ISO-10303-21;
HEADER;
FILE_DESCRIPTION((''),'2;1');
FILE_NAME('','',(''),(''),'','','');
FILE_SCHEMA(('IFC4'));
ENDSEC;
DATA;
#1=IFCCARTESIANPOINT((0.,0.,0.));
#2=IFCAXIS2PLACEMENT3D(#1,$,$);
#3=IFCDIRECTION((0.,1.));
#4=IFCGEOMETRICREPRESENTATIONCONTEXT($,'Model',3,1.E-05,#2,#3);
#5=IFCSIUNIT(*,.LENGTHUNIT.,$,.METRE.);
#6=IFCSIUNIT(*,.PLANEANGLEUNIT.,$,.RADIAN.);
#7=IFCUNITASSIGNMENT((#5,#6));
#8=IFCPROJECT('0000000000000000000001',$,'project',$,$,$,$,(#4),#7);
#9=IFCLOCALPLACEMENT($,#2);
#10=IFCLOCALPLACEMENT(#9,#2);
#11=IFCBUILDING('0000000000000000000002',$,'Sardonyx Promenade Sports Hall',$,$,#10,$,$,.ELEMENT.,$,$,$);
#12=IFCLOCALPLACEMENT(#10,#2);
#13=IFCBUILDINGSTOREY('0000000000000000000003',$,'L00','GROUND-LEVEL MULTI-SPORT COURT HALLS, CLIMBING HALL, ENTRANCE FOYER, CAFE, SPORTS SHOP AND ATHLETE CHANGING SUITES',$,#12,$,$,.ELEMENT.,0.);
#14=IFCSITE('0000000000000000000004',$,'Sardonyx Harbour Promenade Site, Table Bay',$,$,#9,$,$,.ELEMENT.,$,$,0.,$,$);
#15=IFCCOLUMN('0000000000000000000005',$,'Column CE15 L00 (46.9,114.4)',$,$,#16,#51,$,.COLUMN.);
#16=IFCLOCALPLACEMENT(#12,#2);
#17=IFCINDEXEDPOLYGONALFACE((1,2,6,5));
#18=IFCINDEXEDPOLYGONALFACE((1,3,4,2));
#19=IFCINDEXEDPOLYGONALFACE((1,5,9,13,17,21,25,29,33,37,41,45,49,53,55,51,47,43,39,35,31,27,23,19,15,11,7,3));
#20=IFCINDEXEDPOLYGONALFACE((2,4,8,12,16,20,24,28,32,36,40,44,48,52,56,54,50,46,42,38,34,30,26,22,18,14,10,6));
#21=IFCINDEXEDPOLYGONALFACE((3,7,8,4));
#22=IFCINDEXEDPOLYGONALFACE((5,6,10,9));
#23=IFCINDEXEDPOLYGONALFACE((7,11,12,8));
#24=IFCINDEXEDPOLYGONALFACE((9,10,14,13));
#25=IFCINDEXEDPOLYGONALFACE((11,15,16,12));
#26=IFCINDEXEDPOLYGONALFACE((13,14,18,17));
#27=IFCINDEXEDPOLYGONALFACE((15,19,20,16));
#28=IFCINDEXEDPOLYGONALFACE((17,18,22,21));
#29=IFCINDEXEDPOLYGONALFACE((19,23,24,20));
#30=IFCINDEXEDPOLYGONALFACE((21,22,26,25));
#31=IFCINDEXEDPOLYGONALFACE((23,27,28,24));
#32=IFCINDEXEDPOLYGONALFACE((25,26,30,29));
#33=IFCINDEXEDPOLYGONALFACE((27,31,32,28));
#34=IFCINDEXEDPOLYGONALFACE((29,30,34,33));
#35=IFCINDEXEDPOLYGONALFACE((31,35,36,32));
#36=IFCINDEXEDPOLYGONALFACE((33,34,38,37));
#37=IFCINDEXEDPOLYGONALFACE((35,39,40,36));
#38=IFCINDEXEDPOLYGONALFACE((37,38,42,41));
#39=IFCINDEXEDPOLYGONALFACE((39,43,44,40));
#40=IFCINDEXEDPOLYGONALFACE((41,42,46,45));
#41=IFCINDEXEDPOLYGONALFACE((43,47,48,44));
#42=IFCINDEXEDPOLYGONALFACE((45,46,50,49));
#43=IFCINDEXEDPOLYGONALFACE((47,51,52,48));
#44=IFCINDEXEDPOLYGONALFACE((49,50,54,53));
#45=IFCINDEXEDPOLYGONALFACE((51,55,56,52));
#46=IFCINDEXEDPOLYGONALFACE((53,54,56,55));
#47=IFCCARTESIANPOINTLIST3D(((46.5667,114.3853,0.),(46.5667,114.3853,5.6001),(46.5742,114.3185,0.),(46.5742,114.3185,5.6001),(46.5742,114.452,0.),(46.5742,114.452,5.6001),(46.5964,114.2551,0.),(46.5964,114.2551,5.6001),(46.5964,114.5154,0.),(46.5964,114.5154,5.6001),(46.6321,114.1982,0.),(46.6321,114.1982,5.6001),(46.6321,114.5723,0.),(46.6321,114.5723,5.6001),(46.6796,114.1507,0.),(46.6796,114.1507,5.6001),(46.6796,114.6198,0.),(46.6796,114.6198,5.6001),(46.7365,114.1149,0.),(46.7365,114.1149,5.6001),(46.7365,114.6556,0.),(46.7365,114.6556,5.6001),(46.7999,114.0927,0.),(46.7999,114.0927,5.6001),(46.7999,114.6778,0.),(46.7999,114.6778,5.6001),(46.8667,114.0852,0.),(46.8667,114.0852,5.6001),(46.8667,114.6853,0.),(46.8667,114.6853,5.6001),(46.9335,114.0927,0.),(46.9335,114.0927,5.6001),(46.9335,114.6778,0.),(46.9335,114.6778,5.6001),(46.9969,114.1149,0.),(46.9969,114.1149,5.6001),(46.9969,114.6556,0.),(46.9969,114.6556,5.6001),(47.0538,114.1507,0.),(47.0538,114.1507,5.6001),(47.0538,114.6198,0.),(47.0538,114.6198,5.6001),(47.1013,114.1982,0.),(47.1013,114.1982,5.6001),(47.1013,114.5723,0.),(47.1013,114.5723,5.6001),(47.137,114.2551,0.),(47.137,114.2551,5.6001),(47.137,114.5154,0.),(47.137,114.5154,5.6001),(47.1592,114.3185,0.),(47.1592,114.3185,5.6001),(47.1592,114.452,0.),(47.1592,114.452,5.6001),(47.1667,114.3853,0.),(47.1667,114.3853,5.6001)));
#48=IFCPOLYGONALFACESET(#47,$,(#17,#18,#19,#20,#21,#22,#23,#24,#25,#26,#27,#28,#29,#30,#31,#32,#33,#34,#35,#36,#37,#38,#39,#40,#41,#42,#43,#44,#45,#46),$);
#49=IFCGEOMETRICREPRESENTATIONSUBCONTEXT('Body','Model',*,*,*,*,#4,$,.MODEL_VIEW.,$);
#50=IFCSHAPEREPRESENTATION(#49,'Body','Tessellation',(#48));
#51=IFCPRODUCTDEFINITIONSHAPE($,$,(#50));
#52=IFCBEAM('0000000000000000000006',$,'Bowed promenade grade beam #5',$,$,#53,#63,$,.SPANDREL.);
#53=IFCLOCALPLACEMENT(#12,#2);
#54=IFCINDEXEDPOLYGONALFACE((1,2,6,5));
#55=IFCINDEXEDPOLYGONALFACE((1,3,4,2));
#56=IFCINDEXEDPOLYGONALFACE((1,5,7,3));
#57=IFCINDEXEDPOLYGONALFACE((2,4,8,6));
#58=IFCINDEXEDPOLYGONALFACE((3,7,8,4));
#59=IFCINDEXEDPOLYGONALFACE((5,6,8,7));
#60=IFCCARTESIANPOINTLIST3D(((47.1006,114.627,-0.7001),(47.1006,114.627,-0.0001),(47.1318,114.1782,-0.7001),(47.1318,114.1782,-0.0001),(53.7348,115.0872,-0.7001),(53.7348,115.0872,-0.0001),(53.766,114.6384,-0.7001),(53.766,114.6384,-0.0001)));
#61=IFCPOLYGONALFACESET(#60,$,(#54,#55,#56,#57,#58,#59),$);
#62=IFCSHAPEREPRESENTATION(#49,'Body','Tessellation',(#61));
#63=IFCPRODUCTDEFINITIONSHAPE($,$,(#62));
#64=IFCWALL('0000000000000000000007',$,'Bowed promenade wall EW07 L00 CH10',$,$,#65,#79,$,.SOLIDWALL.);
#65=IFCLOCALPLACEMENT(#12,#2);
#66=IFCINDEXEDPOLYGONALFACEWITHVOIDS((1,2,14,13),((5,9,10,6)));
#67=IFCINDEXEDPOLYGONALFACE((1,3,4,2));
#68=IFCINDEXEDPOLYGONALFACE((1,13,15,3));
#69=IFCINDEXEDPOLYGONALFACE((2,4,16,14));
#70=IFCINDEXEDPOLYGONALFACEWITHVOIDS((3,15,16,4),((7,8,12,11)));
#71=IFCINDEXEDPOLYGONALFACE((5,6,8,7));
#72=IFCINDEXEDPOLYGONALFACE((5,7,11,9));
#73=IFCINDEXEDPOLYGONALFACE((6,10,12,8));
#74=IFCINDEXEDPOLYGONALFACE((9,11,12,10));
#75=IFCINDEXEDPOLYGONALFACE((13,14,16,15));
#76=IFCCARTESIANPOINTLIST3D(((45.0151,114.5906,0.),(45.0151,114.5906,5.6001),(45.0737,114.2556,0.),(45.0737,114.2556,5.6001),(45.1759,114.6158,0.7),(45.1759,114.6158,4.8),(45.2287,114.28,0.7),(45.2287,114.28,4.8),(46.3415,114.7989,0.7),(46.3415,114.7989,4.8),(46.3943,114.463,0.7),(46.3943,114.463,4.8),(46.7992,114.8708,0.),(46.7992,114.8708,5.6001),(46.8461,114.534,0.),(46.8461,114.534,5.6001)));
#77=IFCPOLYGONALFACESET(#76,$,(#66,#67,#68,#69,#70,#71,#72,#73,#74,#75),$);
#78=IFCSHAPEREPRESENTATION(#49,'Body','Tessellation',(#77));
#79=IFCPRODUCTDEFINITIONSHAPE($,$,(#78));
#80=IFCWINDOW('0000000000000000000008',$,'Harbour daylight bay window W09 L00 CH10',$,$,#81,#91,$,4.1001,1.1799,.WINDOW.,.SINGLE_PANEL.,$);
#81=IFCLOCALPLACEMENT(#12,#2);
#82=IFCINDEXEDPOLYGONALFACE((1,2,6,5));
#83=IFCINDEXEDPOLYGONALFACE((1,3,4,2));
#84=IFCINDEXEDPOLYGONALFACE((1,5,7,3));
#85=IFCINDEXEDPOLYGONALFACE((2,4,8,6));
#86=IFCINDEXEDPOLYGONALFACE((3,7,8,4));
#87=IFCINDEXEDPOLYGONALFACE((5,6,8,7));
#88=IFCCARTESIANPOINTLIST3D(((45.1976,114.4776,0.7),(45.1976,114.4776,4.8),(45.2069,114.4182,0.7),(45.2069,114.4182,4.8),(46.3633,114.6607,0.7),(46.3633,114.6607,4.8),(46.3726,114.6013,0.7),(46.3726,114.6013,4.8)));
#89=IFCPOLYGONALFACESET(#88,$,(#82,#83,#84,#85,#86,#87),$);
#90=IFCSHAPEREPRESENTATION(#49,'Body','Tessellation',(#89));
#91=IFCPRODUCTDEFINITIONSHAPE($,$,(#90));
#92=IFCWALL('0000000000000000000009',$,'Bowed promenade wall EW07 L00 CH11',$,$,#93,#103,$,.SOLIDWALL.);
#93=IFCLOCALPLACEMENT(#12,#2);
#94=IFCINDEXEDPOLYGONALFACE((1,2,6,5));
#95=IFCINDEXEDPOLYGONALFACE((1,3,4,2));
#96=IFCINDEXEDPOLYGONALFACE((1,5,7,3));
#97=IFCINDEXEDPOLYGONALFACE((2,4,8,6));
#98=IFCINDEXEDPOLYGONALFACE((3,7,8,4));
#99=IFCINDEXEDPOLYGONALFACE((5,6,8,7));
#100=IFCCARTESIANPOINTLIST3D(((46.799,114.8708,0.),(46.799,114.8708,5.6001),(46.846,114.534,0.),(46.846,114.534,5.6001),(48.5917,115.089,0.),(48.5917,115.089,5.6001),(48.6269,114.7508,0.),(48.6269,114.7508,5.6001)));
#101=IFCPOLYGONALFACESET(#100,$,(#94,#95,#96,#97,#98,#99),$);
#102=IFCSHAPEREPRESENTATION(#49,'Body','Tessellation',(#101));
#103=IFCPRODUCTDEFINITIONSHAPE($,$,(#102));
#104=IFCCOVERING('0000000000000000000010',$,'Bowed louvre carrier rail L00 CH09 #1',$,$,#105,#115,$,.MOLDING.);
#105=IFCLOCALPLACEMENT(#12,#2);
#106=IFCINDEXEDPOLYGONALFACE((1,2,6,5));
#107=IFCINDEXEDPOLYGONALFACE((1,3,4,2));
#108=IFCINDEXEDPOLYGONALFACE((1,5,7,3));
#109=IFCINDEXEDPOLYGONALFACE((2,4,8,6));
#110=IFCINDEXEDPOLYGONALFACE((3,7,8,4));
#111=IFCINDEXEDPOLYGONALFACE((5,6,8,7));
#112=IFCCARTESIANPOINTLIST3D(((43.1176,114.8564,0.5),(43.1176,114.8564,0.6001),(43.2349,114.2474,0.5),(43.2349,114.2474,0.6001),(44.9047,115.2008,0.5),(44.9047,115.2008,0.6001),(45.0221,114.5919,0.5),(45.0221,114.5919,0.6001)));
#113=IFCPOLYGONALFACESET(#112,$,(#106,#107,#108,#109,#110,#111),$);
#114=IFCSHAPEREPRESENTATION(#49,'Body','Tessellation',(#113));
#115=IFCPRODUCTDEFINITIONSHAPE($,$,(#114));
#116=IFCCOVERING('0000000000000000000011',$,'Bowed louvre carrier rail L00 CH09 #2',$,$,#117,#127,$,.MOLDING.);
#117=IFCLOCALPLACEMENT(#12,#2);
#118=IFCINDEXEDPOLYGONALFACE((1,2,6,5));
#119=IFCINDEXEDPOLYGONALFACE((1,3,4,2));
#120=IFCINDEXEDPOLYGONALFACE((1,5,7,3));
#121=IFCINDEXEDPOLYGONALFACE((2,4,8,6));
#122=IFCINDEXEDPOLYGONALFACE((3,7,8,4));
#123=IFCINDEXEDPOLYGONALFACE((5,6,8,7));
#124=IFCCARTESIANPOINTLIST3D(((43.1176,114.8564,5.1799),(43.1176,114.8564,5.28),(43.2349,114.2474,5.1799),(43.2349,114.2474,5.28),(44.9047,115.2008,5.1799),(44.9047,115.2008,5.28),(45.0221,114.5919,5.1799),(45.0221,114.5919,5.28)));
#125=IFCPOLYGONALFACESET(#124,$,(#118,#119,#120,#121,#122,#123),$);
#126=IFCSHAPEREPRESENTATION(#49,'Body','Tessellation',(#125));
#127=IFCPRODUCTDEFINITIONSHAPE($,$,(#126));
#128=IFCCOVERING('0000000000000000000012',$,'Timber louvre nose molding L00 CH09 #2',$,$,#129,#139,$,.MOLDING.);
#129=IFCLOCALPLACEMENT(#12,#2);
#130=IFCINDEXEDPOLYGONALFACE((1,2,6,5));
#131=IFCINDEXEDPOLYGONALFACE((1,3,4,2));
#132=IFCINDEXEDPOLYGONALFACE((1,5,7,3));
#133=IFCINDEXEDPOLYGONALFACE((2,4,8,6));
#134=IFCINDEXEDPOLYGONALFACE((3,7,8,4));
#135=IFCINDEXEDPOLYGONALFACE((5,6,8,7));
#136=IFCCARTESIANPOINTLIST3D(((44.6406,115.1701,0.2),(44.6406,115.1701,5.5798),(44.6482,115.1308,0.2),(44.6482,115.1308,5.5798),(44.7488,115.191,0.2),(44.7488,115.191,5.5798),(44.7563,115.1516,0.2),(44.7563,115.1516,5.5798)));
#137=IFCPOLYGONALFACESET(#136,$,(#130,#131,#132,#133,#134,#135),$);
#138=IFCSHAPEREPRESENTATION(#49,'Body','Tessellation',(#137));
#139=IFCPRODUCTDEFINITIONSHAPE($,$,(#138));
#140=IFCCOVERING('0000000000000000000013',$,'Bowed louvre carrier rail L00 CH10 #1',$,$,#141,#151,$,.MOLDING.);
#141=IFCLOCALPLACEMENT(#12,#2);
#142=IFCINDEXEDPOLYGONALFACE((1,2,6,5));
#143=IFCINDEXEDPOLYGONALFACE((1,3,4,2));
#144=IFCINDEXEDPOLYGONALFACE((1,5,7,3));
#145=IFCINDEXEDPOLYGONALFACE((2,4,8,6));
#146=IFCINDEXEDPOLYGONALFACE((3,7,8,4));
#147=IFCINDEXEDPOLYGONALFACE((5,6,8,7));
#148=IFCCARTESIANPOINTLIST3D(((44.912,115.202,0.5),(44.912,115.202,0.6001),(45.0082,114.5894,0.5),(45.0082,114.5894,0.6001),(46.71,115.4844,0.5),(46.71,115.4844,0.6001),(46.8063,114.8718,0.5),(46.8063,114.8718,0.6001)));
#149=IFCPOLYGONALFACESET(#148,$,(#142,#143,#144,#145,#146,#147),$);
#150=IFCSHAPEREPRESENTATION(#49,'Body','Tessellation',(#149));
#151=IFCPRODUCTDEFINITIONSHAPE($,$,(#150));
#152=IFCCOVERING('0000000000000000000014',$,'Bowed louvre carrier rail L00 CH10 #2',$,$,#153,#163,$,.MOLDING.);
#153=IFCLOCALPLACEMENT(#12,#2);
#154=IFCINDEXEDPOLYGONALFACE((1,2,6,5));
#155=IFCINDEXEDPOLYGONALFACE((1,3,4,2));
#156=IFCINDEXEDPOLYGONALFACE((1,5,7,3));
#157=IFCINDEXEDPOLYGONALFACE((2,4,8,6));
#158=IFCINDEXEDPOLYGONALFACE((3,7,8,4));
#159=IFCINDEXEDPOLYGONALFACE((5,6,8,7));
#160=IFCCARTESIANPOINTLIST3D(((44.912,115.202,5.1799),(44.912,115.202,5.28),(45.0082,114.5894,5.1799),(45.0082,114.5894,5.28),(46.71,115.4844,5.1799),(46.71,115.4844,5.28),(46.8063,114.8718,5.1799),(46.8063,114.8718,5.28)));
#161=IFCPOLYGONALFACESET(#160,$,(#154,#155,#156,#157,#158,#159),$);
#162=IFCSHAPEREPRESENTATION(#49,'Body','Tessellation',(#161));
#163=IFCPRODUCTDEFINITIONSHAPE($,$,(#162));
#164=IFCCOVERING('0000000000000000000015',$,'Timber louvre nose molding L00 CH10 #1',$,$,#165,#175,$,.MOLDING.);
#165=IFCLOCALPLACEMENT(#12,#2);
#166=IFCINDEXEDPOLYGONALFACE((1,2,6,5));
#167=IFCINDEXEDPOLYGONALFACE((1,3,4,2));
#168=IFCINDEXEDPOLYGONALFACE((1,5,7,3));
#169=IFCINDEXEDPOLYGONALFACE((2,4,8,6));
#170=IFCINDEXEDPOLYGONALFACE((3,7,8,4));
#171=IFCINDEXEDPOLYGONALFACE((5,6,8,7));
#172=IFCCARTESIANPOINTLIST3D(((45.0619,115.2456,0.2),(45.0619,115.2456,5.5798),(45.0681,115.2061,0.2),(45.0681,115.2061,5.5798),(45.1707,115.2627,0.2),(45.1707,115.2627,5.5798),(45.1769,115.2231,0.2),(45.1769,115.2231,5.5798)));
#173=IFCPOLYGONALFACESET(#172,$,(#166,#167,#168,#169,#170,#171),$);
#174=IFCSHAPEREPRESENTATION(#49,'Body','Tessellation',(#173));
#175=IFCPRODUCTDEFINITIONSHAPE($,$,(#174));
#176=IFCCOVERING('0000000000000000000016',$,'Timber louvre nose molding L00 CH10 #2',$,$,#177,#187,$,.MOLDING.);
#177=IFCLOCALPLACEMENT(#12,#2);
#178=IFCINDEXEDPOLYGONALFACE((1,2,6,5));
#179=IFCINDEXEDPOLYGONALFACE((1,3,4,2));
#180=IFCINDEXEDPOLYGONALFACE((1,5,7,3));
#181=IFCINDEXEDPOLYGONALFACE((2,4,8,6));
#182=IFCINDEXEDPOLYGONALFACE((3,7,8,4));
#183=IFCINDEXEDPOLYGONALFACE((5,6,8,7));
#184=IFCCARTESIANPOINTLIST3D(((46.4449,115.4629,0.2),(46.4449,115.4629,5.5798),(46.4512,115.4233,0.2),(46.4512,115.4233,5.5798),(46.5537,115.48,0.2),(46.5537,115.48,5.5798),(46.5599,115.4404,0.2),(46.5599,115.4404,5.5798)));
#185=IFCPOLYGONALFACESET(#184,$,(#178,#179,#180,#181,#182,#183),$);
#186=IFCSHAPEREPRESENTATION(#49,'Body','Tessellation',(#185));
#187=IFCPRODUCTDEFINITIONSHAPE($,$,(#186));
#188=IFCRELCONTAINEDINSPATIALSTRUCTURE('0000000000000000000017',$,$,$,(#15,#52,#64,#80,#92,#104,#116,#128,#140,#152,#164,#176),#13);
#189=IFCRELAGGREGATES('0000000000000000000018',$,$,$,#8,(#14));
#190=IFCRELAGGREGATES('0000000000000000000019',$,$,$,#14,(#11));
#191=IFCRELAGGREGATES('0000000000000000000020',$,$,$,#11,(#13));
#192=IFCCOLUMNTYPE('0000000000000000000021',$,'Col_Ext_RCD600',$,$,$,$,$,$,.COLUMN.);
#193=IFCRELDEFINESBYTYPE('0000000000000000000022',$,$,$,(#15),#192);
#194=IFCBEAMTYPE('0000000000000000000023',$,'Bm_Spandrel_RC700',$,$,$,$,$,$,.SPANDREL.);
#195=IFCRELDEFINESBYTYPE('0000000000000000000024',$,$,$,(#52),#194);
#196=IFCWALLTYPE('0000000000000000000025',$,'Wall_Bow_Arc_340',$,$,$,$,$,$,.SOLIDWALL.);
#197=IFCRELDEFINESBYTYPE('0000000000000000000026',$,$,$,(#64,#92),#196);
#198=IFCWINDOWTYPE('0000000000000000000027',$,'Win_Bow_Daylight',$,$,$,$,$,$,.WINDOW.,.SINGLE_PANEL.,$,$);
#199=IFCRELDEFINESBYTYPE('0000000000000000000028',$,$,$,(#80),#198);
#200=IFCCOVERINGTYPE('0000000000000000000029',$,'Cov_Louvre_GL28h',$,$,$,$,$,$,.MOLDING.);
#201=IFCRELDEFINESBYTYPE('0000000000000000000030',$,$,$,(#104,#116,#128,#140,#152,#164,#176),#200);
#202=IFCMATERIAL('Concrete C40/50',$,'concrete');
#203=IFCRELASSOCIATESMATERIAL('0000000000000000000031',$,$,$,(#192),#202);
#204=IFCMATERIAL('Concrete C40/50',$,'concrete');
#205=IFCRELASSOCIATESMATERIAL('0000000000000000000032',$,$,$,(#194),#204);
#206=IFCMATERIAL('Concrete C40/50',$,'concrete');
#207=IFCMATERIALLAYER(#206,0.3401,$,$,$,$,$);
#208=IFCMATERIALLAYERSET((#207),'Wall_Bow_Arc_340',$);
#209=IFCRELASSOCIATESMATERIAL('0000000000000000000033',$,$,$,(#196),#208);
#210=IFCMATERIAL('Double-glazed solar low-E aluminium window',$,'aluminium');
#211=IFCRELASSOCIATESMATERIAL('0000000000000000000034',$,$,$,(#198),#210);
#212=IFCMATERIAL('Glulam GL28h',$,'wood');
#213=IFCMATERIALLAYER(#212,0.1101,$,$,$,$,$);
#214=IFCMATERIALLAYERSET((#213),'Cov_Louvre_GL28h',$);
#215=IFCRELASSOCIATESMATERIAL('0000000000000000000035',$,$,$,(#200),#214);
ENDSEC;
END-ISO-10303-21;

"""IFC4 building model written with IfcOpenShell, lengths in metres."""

from ifc_helpers import new_model, si_unit, direction, frame, frame_2d, origin, origin_2d, place, context, subcontext, project, spatial, polyline, rectangle, circle, outline, extrude, material, layer, layer_set, material_profile, profile_set, type_object, element, fill, save


model = new_model("IFC4")

# Units and contexts
model_context = context("Model", 3, precision=1e-05, world=origin(), true_north=direction((0.0, 1.0)))
body_context = subcontext(model_context, "Body", "Model", "MODEL_VIEW")
ifc_project = project(units=[si_unit("LENGTHUNIT", "METRE"), si_unit("PLANEANGLEUNIT", "RADIAN")], contexts=[model_context])

# Site, building, storey
site_placement = place(None, origin())
site = spatial("IfcSite", under=ifc_project, at=site_placement, Name="Sardonyx Harbour Promenade Site, Table Bay", CompositionType="ELEMENT", RefElevation=0.0)
building_placement = place(site_placement, origin())
building = spatial("IfcBuilding", under=site, at=building_placement, Name="Sardonyx Promenade Sports Hall", CompositionType="ELEMENT")
storey_placement = place(building_placement, origin())
storey = spatial("IfcBuildingStorey", under=building, at=storey_placement, Name="L00", Description="GROUND-LEVEL MULTI-SPORT COURT HALLS, CLIMBING HALL, ENTRANCE FOYER, CAFE, SPORTS SHOP AND ATHLETE CHANGING SUITES", CompositionType="ELEMENT", Elevation=0.0)

# Column
ifc_material_1 = material(Name="Concrete C40/50", Category="concrete")
ifc_material_profile_1 = material_profile(ifc_material_1, circle(Radius=0.3, at=origin_2d()))
ifc_profile_set_1 = profile_set([ifc_material_profile_1], Name="Concrete C40/50")
column_type = type_object("IfcColumnType", Name="Col_Ext_RCD600", PredefinedType="COLUMN", material=ifc_profile_set_1)
column_placement = place(storey_placement, frame((46.8667, 114.3853, 0.0), z_axis=(0.0, 0.0, 1.0), x_axis=(1.0, 0.0, 0.0)))
element("IfcColumn", 1, at=column_placement, inside=storey, type_object=column_type, Name="Column CE15 L00 (46.9,114.4)", PredefinedType="COLUMN", context=body_context, shape_type="SweptSolid", body=[
    extrude(circle(Radius=0.3, at=origin_2d()), origin(), (0.0, 0.0, 1.0), 5.6001),
])

# Beam
ifc_material_2 = material(Name="Concrete C40/50", Category="concrete")
ifc_material_profile_2 = material_profile(ifc_material_2, rectangle(XDim=0.45, YDim=0.7, at=origin_2d()))
ifc_profile_set_2 = profile_set([ifc_material_profile_2], Name="Concrete C40/50")
beam_type = type_object("IfcBeamType", Name="Bm_Spandrel_RC700", PredefinedType="SPANDREL", material=ifc_profile_set_2)
beam_placement = place(storey_placement, frame((47.1162, 114.4026, -0.3501), z_axis=(0.997603, 0.069201, 0.0), x_axis=(-0.069201, 0.997603, 0.0)))
element("IfcBeam", 2, at=beam_placement, inside=storey, type_object=beam_type, Name="Bowed promenade grade beam #5", PredefinedType="SPANDREL", context=body_context, shape_type="SweptSolid", body=[
    extrude(rectangle(XDim=0.45, YDim=0.7, at=origin_2d()), origin(), (0.0, 0.0, 1.0), 6.6501),
])

# Wall, opening, window
ifc_material_3 = material(Name="Concrete C40/50", Category="concrete")
ifc_layer_1 = layer(ifc_material_3, 0.3401)
ifc_layer_set_1 = layer_set([ifc_layer_1], Name="Wall_Bow_Arc_340")
wall_type = type_object("IfcWallType", Name="Wall_Bow_Arc_340", PredefinedType="SOLIDWALL", material=ifc_layer_set_1)
wall_1_placement = place(storey_placement, frame((45.0444, 114.4231, 0.0), z_axis=(0.0, 0.0, 1.0), x_axis=(0.987887, 0.155175, 0.0)))
wall_1 = element("IfcWall", 3, at=wall_1_placement, inside=storey, type_object=wall_type, Name="Bowed promenade wall EW07 L00 CH10", PredefinedType="SOLIDWALL", context=body_context, shape_type="SweptSolid", body=[
    extrude(outline(polyline([(0.0029, -0.17), (1.7971, -0.17), (1.8029, 0.17), (-0.0029, 0.17), (0.0029, -0.17)])), origin(), (0.0, 0.0, 1.0), 5.6001),
])
opening_placement = place(wall_1_placement, frame((0.1599, 0.0, 0.7)))
opening = element("IfcOpeningElement", 4, at=opening_placement, cuts=wall_1, PredefinedType="OPENING", context=body_context, shape_type="SweptSolid", body=[
    extrude(rectangle(XDim=1.1799, YDim=4.1001, at=frame_2d((0.5898, 2.05))), frame((0.0, 0.18, 0.0), z_axis=(0.0, -1.0, 0.0), x_axis=(1.0, 0.0, 0.0)), (0.0, 0.0, 1.0), 0.36),
])
ifc_material_4 = material(Name="Double-glazed solar low-E aluminium window", Category="aluminium")
window_type = type_object("IfcWindowType", Name="Win_Bow_Daylight", PartitioningType="SINGLE_PANEL", PredefinedType="WINDOW", material=ifc_material_4)
window_placement = place(opening_placement, origin())
window = element("IfcWindow", 5, at=window_placement, inside=storey, type_object=window_type, Name="Harbour daylight bay window W09 L00 CH10", OverallHeight=4.1001, OverallWidth=1.1799, PartitioningType="SINGLE_PANEL", PredefinedType="WINDOW", context=body_context, shape_type="SweptSolid", body=[
    extrude(rectangle(XDim=1.1799, YDim=4.1001, at=frame_2d((0.5898, 2.05))), frame((0.0, 0.03, 0.0), z_axis=(0.0, -1.0, 0.0), x_axis=(1.0, 0.0, 0.0)), (0.0, 0.0, 1.0), 0.0601),
])
fill(opening, window)

# Wall
wall_2_placement = place(storey_placement, frame((46.8225, 114.7024, 0.0), z_axis=(0.0, 0.0, 1.0), x_axis=(0.992671, 0.120846, 0.0)))
element("IfcWall", 6, at=wall_2_placement, inside=storey, type_object=wall_type, Name="Bowed promenade wall EW07 L00 CH11", PredefinedType="SOLIDWALL", context=body_context, shape_type="SweptSolid", body=[
    extrude(outline(polyline([(0.0029, -0.17), (1.7971, -0.17), (1.8029, 0.17), (-0.0029, 0.17), (0.0029, -0.17)])), origin(), (0.0, 0.0, 1.0), 5.6001),
])

# Coverings
ifc_material_5 = material(Name="Glulam GL28h", Category="wood")
ifc_layer_2 = layer(ifc_material_5, 0.1101)
ifc_layer_set_2 = layer_set([ifc_layer_2], Name="Cov_Louvre_GL28h")
covering_type = type_object("IfcCoveringType", Name="Cov_Louvre_GL28h", PredefinedType="MOLDING", material=ifc_layer_set_2)
for number, where, z_axis, x_axis, name in (
    (7, (44.0698, 114.7241, 0.5), (0.0, 0.0, 1.0), (0.98193, 0.189246, 0.0), "Bowed louvre carrier rail L00 CH09 #1"),
    (8, (44.0698, 114.7241, 5.1799), (0.0, 0.0, 1.0), (0.98193, 0.189246, 0.0), "Bowed louvre carrier rail L00 CH09 #2"),
):
    element("IfcCovering", number, at=place(storey_placement, frame(where, z_axis=z_axis, x_axis=x_axis)), inside=storey, type_object=covering_type, Name=name, PredefinedType="MOLDING", context=body_context, shape_type="SweptSolid", body=[
        extrude(rectangle(XDim=1.8201, YDim=0.6201, at=origin_2d()), origin(), (0.0, 0.0, 1.0), 0.1001),
    ])
covering_placement = place(storey_placement, frame((44.6985, 115.1609, 0.2), z_axis=(0.0, 0.0, 1.0), x_axis=(0.98193, 0.189246, 0.0)))
element("IfcCovering", 9, at=covering_placement, inside=storey, type_object=covering_type, Name="Timber louvre nose molding L00 CH09 #2", PredefinedType="MOLDING", context=body_context, shape_type="SweptSolid", body=[
    extrude(rectangle(XDim=0.1101, YDim=0.04, at=origin_2d()), origin(), (0.0, 0.0, 1.0), 5.3799),
])
for number, where, z_axis, x_axis, name in (
    (10, (45.8591, 115.0369, 0.5), (0.0, 0.0, 1.0), (0.987891, 0.155148, 0.0), "Bowed louvre carrier rail L00 CH10 #1"),
    (11, (45.8591, 115.0369, 5.1799), (0.0, 0.0, 1.0), (0.987891, 0.155148, 0.0), "Bowed louvre carrier rail L00 CH10 #2"),
):
    element("IfcCovering", number, at=place(storey_placement, frame(where, z_axis=z_axis, x_axis=x_axis)), inside=storey, type_object=covering_type, Name=name, PredefinedType="MOLDING", context=body_context, shape_type="SweptSolid", body=[
        extrude(rectangle(XDim=1.8201, YDim=0.6201, at=origin_2d()), origin(), (0.0, 0.0, 1.0), 0.1001),
    ])
for number, where, z_axis, x_axis, name in (
    (12, (45.1194, 115.2344, 0.2), (0.0, 0.0, 1.0), (0.987891, 0.155148, 0.0), "Timber louvre nose molding L00 CH10 #1"),
    (13, (46.5024, 115.4517, 0.2), (0.0, 0.0, 1.0), (0.987891, 0.155148, 0.0), "Timber louvre nose molding L00 CH10 #2"),
):
    element("IfcCovering", number, at=place(storey_placement, frame(where, z_axis=z_axis, x_axis=x_axis)), inside=storey, type_object=covering_type, Name=name, PredefinedType="MOLDING", context=body_context, shape_type="SweptSolid", body=[
        extrude(rectangle(XDim=0.1101, YDim=0.04, at=origin_2d()), origin(), (0.0, 0.0, 1.0), 5.3799),
    ])

save(model, "model.ifc")
